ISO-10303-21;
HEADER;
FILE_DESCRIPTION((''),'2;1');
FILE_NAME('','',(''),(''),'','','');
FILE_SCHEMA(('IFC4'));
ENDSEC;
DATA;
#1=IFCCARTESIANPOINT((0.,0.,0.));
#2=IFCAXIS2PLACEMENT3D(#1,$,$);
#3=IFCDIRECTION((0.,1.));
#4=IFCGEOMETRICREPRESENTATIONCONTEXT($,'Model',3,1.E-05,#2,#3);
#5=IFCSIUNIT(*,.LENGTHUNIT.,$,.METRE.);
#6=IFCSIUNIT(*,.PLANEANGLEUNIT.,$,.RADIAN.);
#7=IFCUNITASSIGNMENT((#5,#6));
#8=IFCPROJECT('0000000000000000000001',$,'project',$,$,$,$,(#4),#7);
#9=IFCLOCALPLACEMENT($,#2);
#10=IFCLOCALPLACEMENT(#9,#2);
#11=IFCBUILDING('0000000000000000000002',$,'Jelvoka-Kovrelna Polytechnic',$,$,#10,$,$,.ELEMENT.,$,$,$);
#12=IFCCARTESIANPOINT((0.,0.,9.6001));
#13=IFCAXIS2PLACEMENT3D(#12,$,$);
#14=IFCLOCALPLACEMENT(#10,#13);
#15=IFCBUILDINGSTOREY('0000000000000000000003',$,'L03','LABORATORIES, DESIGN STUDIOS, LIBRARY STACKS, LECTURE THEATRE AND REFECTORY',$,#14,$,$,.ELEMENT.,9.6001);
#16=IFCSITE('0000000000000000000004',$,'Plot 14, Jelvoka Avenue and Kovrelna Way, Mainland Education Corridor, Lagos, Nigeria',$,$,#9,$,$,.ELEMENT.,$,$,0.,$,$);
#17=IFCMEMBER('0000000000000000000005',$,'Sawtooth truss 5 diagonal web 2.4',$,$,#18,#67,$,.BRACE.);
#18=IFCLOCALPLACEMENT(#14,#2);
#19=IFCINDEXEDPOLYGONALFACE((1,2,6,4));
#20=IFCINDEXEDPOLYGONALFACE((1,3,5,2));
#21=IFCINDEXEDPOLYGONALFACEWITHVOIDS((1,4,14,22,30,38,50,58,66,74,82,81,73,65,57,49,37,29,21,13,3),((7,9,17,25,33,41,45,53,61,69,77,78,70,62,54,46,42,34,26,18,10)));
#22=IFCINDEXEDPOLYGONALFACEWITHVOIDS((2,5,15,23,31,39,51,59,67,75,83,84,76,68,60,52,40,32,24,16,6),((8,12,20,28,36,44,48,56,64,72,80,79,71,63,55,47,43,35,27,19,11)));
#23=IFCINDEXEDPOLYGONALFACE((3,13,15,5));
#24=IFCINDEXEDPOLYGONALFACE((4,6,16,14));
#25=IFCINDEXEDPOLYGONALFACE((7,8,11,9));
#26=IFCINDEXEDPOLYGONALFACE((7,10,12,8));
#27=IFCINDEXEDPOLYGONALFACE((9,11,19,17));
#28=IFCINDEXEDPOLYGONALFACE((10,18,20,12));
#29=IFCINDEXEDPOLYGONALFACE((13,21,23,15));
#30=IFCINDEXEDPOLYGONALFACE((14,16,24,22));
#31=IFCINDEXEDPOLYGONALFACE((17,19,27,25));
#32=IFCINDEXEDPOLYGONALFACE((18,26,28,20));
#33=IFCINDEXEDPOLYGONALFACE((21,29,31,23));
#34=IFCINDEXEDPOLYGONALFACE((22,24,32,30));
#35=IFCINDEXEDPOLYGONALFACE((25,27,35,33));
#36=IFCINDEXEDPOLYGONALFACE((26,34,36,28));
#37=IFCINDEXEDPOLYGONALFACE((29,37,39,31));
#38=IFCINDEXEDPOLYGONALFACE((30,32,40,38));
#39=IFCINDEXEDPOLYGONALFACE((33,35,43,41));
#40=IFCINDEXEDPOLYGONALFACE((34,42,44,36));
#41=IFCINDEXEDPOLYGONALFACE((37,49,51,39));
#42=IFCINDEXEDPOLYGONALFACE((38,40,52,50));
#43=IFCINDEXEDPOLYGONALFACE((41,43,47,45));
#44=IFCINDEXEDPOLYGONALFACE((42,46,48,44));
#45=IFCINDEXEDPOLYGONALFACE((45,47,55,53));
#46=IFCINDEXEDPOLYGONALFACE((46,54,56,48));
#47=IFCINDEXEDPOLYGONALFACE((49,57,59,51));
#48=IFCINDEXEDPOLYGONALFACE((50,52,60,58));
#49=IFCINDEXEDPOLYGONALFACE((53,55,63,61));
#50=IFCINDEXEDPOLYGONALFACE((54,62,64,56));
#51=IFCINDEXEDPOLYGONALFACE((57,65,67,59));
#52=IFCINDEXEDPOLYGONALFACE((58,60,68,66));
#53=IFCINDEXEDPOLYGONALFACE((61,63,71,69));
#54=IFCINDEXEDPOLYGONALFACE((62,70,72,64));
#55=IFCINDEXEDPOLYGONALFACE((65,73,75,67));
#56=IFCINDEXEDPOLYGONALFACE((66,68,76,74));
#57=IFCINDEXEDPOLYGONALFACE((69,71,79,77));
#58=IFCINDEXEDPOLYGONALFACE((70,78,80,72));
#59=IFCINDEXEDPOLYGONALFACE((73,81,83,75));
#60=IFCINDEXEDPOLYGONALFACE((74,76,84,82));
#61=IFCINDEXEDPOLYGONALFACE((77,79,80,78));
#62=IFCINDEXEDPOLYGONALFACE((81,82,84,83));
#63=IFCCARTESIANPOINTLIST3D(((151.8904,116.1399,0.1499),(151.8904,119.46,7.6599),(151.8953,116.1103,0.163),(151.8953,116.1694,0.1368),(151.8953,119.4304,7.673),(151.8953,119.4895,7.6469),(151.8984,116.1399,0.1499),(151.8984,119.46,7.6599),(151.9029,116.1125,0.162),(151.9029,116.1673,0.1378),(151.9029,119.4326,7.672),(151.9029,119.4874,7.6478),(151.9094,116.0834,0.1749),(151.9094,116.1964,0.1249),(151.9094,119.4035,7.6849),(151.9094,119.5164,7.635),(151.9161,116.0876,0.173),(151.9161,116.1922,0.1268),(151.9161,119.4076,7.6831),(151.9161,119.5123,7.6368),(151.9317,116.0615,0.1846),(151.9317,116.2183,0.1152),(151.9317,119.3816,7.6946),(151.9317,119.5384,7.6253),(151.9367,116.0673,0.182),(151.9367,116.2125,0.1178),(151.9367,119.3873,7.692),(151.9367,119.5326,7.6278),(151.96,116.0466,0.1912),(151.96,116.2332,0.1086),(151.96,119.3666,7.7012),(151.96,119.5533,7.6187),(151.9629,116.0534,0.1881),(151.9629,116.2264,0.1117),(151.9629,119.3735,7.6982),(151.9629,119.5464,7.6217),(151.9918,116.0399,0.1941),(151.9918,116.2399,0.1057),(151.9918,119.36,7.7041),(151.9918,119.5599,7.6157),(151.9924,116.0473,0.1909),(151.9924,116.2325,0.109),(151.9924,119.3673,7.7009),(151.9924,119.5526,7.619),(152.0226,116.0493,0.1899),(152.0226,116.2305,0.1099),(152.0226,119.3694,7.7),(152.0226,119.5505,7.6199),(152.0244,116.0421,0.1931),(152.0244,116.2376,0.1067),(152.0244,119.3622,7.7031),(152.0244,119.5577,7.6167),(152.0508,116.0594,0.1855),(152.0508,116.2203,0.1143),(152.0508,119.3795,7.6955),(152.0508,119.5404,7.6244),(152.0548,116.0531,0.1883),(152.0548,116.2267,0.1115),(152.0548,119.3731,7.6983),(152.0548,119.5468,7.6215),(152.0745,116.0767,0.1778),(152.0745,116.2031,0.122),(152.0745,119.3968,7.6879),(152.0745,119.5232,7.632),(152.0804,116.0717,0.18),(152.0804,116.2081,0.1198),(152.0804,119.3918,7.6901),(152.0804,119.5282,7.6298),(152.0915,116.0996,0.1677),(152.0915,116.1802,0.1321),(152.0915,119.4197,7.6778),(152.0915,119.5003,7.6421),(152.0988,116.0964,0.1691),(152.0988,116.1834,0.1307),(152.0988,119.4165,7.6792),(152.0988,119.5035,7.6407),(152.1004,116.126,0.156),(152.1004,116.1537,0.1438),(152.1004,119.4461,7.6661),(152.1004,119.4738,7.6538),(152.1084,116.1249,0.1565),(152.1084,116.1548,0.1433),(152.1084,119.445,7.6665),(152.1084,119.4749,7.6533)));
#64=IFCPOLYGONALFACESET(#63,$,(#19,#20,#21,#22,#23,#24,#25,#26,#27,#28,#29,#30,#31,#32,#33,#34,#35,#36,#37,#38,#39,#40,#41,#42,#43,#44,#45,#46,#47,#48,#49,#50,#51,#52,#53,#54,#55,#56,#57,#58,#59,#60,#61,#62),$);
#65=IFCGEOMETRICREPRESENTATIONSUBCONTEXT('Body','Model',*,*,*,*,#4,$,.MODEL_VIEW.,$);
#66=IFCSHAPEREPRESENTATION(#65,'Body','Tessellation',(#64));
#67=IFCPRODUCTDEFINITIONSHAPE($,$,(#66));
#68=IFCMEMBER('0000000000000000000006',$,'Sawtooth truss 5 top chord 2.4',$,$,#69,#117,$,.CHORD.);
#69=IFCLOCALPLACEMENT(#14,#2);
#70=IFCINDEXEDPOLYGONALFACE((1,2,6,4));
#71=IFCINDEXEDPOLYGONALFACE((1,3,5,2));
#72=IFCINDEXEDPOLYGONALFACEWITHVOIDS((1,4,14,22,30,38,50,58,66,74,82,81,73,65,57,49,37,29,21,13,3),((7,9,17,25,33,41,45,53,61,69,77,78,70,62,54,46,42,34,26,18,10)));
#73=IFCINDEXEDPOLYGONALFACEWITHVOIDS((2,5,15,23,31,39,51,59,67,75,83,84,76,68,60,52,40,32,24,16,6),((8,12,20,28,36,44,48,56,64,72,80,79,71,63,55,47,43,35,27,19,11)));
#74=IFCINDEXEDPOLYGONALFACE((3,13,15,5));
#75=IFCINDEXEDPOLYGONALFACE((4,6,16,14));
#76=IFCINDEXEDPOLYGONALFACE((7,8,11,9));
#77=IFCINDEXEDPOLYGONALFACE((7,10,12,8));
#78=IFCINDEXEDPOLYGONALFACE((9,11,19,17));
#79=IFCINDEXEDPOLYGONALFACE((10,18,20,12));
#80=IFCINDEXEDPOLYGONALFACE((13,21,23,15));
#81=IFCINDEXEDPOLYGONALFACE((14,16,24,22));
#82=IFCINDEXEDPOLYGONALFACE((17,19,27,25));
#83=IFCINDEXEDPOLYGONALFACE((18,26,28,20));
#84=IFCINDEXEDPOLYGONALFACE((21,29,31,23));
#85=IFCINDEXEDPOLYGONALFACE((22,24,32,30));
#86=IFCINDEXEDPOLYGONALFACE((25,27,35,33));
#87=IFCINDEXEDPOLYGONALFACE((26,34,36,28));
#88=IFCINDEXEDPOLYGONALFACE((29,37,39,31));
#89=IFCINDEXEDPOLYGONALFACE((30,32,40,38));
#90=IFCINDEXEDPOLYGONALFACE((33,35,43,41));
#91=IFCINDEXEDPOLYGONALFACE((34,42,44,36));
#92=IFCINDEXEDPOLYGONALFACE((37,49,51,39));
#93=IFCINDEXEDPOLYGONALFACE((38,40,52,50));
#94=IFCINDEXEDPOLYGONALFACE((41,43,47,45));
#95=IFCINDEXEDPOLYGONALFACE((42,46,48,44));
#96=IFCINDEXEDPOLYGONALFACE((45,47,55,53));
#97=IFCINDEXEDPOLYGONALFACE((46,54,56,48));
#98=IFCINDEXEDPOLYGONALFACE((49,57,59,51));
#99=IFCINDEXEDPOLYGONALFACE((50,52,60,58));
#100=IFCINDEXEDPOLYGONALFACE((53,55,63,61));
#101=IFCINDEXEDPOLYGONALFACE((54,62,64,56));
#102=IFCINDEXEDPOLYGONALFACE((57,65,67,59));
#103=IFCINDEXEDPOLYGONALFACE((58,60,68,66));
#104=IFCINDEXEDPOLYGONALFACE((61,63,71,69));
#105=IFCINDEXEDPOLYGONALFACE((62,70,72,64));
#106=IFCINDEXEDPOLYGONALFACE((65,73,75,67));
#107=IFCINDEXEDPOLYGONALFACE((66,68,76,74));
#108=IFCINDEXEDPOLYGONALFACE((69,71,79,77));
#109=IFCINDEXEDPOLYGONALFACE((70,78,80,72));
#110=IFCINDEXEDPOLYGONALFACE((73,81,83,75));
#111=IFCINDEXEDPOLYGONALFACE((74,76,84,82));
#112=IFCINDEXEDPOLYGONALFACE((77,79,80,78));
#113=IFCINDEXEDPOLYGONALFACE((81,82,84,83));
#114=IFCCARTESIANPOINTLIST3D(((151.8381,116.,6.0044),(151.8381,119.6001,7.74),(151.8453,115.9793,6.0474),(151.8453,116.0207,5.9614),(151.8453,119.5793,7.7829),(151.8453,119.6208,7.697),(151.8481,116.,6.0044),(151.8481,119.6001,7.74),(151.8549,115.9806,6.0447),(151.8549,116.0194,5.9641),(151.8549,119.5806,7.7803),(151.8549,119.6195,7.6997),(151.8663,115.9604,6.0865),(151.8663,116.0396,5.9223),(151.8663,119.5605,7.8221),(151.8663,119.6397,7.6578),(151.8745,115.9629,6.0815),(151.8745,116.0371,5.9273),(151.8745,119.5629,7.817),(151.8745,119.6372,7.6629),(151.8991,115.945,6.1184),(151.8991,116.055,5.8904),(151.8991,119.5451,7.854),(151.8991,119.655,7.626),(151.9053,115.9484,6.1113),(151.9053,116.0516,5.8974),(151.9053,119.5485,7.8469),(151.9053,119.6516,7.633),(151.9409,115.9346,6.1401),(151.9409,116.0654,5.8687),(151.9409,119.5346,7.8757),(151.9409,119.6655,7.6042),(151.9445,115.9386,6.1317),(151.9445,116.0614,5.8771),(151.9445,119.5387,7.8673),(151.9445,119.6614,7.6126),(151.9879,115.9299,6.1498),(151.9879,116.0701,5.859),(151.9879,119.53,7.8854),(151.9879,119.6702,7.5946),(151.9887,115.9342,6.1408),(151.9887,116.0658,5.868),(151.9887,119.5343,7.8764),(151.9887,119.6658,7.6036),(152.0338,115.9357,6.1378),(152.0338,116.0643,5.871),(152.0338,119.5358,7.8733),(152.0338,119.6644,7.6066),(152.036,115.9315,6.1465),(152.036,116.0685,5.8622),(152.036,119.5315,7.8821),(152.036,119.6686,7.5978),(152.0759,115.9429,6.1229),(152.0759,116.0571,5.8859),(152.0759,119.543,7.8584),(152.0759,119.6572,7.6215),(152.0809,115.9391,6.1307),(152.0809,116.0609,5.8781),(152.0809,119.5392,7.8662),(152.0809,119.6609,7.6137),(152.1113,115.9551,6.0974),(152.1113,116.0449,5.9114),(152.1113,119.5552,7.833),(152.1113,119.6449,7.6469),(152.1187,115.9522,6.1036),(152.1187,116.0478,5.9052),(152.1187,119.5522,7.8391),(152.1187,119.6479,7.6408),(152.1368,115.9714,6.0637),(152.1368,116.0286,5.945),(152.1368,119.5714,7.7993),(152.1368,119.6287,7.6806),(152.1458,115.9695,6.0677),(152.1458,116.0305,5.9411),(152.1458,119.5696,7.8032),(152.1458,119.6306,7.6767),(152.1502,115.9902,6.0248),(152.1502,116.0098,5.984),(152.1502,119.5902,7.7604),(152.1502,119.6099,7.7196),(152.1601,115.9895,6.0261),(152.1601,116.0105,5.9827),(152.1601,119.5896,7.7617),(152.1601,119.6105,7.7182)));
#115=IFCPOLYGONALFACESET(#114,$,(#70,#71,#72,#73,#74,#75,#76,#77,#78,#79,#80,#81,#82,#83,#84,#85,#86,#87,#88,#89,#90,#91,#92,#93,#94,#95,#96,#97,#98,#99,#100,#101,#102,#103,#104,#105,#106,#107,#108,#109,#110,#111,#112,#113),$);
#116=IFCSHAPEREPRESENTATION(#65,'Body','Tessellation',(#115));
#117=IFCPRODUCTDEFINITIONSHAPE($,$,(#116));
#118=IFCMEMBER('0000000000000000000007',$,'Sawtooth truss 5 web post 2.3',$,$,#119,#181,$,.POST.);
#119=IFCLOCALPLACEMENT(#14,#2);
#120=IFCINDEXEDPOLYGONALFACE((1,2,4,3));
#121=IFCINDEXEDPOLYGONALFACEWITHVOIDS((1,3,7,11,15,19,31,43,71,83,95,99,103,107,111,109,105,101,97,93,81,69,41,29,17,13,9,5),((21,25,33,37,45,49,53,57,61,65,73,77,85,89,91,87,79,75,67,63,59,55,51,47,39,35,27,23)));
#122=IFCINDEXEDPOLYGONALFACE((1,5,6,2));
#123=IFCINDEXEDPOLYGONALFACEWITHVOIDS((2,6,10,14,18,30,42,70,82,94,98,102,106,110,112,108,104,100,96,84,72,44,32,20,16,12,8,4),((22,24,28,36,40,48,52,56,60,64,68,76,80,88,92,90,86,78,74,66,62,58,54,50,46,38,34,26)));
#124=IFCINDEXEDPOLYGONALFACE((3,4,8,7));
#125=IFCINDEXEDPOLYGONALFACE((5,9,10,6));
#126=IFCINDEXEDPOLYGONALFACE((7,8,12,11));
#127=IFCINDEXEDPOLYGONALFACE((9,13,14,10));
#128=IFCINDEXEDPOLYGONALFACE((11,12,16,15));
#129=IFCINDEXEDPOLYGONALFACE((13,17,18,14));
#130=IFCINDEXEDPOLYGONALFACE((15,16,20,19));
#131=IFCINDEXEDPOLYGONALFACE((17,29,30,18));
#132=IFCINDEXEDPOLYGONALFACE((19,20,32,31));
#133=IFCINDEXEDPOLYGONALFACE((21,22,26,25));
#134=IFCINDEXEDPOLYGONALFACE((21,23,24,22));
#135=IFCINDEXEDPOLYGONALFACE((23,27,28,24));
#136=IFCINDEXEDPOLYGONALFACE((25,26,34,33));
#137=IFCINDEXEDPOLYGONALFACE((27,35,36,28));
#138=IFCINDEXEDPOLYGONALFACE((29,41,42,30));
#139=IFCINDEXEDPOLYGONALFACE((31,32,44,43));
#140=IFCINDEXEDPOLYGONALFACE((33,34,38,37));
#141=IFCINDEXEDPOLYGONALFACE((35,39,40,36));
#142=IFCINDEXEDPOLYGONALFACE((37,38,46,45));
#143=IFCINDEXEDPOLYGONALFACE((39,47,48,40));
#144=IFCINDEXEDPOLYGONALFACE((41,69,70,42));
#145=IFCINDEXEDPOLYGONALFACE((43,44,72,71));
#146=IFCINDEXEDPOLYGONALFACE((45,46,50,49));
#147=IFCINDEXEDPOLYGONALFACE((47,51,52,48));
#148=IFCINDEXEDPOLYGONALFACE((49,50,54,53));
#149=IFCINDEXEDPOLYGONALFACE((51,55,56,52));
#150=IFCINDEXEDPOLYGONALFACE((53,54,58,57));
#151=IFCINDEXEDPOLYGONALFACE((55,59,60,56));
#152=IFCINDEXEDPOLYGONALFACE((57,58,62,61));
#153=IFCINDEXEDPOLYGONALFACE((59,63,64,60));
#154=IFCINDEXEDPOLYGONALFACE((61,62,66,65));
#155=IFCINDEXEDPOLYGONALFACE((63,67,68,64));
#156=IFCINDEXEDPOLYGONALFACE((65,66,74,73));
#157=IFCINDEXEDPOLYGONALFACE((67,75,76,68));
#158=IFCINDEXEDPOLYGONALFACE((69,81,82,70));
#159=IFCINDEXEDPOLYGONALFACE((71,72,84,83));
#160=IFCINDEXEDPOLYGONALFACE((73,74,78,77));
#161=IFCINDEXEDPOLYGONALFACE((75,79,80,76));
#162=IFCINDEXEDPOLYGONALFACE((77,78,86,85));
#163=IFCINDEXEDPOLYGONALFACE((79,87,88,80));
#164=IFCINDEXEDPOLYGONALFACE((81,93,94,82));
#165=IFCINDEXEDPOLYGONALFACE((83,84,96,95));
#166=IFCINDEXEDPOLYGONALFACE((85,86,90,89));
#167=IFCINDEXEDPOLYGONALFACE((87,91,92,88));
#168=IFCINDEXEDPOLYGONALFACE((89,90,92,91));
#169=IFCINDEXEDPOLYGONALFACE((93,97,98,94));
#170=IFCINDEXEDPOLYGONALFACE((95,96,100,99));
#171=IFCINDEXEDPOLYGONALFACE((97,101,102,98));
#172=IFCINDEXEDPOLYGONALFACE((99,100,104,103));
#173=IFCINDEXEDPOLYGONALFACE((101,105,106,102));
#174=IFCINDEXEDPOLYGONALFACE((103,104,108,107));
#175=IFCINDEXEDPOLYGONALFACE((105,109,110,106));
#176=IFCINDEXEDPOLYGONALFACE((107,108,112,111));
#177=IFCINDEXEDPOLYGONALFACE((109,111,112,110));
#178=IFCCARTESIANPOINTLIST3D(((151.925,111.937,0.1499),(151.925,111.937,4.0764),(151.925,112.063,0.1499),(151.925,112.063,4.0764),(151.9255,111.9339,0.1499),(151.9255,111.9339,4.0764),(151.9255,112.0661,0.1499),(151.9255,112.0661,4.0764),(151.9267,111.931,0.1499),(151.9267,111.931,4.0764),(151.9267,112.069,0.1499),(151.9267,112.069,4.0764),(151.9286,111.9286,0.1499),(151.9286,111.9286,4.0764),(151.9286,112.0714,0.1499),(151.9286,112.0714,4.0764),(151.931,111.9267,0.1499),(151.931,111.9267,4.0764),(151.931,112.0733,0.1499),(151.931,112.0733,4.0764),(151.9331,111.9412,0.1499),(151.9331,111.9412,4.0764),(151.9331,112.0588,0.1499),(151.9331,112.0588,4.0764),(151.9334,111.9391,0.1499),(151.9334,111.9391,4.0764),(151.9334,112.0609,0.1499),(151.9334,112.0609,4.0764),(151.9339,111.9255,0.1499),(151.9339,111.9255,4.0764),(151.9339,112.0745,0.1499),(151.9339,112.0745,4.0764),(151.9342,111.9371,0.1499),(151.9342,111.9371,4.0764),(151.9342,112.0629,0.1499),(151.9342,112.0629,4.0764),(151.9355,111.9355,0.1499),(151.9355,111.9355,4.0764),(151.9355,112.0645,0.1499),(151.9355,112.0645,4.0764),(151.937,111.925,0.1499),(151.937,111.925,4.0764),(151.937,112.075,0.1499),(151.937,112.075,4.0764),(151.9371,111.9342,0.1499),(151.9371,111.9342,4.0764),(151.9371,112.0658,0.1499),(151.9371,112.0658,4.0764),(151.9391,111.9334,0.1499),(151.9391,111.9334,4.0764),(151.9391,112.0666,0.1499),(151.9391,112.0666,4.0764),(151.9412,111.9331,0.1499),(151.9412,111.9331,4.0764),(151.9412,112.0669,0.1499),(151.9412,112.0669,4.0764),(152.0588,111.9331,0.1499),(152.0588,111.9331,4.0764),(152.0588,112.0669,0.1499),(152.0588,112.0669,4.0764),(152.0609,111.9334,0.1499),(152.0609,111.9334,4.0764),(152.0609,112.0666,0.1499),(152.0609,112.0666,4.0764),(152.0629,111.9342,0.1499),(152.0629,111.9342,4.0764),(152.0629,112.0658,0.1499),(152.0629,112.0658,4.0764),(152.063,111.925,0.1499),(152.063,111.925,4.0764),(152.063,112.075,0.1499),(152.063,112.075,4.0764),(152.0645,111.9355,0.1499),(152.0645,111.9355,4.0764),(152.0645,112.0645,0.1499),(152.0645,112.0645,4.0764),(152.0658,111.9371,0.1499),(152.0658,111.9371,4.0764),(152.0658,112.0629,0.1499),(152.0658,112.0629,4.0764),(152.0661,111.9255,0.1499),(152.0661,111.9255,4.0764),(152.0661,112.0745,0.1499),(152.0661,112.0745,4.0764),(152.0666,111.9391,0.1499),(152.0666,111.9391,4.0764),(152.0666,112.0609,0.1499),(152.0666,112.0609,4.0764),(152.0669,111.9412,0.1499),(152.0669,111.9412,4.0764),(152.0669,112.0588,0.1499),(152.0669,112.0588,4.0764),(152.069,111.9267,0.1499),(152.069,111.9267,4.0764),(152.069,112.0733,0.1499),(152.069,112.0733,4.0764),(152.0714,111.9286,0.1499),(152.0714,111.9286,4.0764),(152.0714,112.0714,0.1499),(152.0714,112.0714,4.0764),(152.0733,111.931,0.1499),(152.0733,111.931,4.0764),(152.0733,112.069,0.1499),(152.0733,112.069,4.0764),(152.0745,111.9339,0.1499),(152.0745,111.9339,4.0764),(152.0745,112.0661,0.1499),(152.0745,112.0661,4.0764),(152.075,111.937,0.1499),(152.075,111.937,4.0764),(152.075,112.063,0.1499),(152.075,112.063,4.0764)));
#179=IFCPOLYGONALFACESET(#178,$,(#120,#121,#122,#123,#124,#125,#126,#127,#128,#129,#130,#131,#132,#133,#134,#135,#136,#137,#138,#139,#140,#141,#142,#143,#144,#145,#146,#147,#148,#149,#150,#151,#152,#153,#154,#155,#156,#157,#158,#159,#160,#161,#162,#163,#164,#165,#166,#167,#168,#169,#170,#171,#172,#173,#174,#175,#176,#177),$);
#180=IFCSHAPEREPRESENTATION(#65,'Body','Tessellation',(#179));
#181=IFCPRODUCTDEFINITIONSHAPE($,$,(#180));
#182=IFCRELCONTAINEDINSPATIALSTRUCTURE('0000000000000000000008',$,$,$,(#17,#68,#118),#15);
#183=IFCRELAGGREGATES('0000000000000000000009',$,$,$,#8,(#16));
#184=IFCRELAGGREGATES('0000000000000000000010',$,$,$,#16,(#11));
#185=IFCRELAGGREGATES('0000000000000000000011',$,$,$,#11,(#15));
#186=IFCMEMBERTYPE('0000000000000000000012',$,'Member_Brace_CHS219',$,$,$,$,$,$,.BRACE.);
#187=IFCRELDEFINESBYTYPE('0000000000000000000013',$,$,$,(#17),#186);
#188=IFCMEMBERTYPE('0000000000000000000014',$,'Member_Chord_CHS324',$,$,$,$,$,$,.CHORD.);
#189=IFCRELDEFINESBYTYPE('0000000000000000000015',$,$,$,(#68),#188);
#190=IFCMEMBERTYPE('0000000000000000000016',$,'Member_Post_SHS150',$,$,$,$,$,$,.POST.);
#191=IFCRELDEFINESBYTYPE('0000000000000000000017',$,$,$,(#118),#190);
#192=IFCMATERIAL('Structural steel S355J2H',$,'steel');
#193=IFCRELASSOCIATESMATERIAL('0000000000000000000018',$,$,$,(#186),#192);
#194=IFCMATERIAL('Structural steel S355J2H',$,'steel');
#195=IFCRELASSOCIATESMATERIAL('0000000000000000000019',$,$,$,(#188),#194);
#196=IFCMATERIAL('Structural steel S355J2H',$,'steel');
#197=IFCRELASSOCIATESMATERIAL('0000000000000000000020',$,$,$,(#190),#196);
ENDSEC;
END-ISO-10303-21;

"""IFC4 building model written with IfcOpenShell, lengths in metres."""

from ifc_helpers import new_model, si_unit, direction, frame, origin, origin_2d, place, context, subcontext, project, spatial, hollow_rectangle, hollow_circle, extrude, material, material_profile, profile_set, type_object, element, save


model = new_model("IFC4")

# Units and contexts
model_context = context("Model", 3, precision=1e-05, world=origin(), true_north=direction((0.0, 1.0)))
body_context = subcontext(model_context, "Body", "Model", "MODEL_VIEW")
ifc_project = project(units=[si_unit("LENGTHUNIT", "METRE"), si_unit("PLANEANGLEUNIT", "RADIAN")], contexts=[model_context])

# Site, building, storey
site_placement = place(None, origin())
site = spatial("IfcSite", under=ifc_project, at=site_placement, Name="Plot 14, Jelvoka Avenue and Kovrelna Way, Mainland Education Corridor, Lagos, Nigeria", CompositionType="ELEMENT", RefElevation=0.0)
building_placement = place(site_placement, origin())
building = spatial("IfcBuilding", under=site, at=building_placement, Name="Jelvoka-Kovrelna Polytechnic", CompositionType="ELEMENT")
storey_placement = place(building_placement, frame((0.0, 0.0, 9.6001)))
storey = spatial("IfcBuildingStorey", under=building, at=storey_placement, Name="L03", Description="LABORATORIES, DESIGN STUDIOS, LIBRARY STACKS, LECTURE THEATRE AND REFECTORY", CompositionType="ELEMENT", Elevation=9.6001)

# Members
ifc_material_1 = material(Name="Structural steel S355J2H", Category="steel")
ifc_material_profile_1 = material_profile(ifc_material_1, hollow_circle(Radius=0.1096, WallThickness=0.0081, at=origin_2d()), Name="219.1x8.0 CHS")
ifc_profile_set_1 = profile_set([ifc_material_profile_1], Name="Structural steel S355J2H")
member_type_1 = type_object("IfcMemberType", Name="Member_Brace_CHS219", PredefinedType="BRACE", material=ifc_profile_set_1)
member_1_placement = place(storey_placement, frame((152.0, 116.1399, 0.1499), z_axis=(0.0, 0.404336, 0.91461), x_axis=(-1.0, 0.0, 0.0)))
element("IfcMember", 1, at=member_1_placement, inside=storey, type_object=member_type_1, Name="Sawtooth truss 5 diagonal web 2.4", PredefinedType="BRACE", context=body_context, shape_type="SweptSolid", body=[
    extrude(hollow_circle(Radius=0.1096, WallThickness=0.0081, at=origin_2d()), origin(), (0.0, 0.0, 1.0), 8.2112),
])
ifc_material_2 = material(Name="Structural steel S355J2H", Category="steel")
ifc_material_profile_2 = material_profile(ifc_material_2, hollow_circle(Radius=0.1619, WallThickness=0.01, at=origin_2d()), Name="323.9x10.0 CHS")
ifc_profile_set_2 = profile_set([ifc_material_profile_2], Name="Structural steel S355J2H")
member_type_2 = type_object("IfcMemberType", Name="Member_Chord_CHS324", PredefinedType="CHORD", material=ifc_profile_set_2)
member_2_placement = place(storey_placement, frame((152.0, 116.0, 6.0044), z_axis=(0.0, 0.900785, 0.434266), x_axis=(-1.0, 0.0, 0.0)))
element("IfcMember", 2, at=member_2_placement, inside=storey, type_object=member_type_2, Name="Sawtooth truss 5 top chord 2.4", PredefinedType="CHORD", context=body_context, shape_type="SweptSolid", body=[
    extrude(hollow_circle(Radius=0.1619, WallThickness=0.01, at=origin_2d()), origin(), (0.0, 0.0, 1.0), 3.9966),
])
ifc_material_3 = material(Name="Structural steel S355J2H", Category="steel")
ifc_material_profile_3 = material_profile(ifc_material_3, hollow_rectangle(XDim=0.1499, YDim=0.1499, WallThickness=0.0081, InnerFilletRadius=0.0081, OuterFilletRadius=0.012, at=origin_2d()), Name="150x150x8.0 SHS")
ifc_profile_set_3 = profile_set([ifc_material_profile_3], Name="Structural steel S355J2H")
member_type_3 = type_object("IfcMemberType", Name="Member_Post_SHS150", PredefinedType="POST", material=ifc_profile_set_3)
member_3_placement = place(storey_placement, frame((152.0, 112.0, 0.1499), z_axis=(0.0, 0.0, 1.0), x_axis=(1.0, 0.0, 0.0)))
element("IfcMember", 3, at=member_3_placement, inside=storey, type_object=member_type_3, Name="Sawtooth truss 5 web post 2.3", PredefinedType="POST", context=body_context, shape_type="SweptSolid", body=[
    extrude(hollow_rectangle(XDim=0.1499, YDim=0.1499, WallThickness=0.0081, InnerFilletRadius=0.0081, OuterFilletRadius=0.012, at=origin_2d()), origin(), (0.0, 0.0, 1.0), 3.9265),
])

save(model, "model.ifc")
